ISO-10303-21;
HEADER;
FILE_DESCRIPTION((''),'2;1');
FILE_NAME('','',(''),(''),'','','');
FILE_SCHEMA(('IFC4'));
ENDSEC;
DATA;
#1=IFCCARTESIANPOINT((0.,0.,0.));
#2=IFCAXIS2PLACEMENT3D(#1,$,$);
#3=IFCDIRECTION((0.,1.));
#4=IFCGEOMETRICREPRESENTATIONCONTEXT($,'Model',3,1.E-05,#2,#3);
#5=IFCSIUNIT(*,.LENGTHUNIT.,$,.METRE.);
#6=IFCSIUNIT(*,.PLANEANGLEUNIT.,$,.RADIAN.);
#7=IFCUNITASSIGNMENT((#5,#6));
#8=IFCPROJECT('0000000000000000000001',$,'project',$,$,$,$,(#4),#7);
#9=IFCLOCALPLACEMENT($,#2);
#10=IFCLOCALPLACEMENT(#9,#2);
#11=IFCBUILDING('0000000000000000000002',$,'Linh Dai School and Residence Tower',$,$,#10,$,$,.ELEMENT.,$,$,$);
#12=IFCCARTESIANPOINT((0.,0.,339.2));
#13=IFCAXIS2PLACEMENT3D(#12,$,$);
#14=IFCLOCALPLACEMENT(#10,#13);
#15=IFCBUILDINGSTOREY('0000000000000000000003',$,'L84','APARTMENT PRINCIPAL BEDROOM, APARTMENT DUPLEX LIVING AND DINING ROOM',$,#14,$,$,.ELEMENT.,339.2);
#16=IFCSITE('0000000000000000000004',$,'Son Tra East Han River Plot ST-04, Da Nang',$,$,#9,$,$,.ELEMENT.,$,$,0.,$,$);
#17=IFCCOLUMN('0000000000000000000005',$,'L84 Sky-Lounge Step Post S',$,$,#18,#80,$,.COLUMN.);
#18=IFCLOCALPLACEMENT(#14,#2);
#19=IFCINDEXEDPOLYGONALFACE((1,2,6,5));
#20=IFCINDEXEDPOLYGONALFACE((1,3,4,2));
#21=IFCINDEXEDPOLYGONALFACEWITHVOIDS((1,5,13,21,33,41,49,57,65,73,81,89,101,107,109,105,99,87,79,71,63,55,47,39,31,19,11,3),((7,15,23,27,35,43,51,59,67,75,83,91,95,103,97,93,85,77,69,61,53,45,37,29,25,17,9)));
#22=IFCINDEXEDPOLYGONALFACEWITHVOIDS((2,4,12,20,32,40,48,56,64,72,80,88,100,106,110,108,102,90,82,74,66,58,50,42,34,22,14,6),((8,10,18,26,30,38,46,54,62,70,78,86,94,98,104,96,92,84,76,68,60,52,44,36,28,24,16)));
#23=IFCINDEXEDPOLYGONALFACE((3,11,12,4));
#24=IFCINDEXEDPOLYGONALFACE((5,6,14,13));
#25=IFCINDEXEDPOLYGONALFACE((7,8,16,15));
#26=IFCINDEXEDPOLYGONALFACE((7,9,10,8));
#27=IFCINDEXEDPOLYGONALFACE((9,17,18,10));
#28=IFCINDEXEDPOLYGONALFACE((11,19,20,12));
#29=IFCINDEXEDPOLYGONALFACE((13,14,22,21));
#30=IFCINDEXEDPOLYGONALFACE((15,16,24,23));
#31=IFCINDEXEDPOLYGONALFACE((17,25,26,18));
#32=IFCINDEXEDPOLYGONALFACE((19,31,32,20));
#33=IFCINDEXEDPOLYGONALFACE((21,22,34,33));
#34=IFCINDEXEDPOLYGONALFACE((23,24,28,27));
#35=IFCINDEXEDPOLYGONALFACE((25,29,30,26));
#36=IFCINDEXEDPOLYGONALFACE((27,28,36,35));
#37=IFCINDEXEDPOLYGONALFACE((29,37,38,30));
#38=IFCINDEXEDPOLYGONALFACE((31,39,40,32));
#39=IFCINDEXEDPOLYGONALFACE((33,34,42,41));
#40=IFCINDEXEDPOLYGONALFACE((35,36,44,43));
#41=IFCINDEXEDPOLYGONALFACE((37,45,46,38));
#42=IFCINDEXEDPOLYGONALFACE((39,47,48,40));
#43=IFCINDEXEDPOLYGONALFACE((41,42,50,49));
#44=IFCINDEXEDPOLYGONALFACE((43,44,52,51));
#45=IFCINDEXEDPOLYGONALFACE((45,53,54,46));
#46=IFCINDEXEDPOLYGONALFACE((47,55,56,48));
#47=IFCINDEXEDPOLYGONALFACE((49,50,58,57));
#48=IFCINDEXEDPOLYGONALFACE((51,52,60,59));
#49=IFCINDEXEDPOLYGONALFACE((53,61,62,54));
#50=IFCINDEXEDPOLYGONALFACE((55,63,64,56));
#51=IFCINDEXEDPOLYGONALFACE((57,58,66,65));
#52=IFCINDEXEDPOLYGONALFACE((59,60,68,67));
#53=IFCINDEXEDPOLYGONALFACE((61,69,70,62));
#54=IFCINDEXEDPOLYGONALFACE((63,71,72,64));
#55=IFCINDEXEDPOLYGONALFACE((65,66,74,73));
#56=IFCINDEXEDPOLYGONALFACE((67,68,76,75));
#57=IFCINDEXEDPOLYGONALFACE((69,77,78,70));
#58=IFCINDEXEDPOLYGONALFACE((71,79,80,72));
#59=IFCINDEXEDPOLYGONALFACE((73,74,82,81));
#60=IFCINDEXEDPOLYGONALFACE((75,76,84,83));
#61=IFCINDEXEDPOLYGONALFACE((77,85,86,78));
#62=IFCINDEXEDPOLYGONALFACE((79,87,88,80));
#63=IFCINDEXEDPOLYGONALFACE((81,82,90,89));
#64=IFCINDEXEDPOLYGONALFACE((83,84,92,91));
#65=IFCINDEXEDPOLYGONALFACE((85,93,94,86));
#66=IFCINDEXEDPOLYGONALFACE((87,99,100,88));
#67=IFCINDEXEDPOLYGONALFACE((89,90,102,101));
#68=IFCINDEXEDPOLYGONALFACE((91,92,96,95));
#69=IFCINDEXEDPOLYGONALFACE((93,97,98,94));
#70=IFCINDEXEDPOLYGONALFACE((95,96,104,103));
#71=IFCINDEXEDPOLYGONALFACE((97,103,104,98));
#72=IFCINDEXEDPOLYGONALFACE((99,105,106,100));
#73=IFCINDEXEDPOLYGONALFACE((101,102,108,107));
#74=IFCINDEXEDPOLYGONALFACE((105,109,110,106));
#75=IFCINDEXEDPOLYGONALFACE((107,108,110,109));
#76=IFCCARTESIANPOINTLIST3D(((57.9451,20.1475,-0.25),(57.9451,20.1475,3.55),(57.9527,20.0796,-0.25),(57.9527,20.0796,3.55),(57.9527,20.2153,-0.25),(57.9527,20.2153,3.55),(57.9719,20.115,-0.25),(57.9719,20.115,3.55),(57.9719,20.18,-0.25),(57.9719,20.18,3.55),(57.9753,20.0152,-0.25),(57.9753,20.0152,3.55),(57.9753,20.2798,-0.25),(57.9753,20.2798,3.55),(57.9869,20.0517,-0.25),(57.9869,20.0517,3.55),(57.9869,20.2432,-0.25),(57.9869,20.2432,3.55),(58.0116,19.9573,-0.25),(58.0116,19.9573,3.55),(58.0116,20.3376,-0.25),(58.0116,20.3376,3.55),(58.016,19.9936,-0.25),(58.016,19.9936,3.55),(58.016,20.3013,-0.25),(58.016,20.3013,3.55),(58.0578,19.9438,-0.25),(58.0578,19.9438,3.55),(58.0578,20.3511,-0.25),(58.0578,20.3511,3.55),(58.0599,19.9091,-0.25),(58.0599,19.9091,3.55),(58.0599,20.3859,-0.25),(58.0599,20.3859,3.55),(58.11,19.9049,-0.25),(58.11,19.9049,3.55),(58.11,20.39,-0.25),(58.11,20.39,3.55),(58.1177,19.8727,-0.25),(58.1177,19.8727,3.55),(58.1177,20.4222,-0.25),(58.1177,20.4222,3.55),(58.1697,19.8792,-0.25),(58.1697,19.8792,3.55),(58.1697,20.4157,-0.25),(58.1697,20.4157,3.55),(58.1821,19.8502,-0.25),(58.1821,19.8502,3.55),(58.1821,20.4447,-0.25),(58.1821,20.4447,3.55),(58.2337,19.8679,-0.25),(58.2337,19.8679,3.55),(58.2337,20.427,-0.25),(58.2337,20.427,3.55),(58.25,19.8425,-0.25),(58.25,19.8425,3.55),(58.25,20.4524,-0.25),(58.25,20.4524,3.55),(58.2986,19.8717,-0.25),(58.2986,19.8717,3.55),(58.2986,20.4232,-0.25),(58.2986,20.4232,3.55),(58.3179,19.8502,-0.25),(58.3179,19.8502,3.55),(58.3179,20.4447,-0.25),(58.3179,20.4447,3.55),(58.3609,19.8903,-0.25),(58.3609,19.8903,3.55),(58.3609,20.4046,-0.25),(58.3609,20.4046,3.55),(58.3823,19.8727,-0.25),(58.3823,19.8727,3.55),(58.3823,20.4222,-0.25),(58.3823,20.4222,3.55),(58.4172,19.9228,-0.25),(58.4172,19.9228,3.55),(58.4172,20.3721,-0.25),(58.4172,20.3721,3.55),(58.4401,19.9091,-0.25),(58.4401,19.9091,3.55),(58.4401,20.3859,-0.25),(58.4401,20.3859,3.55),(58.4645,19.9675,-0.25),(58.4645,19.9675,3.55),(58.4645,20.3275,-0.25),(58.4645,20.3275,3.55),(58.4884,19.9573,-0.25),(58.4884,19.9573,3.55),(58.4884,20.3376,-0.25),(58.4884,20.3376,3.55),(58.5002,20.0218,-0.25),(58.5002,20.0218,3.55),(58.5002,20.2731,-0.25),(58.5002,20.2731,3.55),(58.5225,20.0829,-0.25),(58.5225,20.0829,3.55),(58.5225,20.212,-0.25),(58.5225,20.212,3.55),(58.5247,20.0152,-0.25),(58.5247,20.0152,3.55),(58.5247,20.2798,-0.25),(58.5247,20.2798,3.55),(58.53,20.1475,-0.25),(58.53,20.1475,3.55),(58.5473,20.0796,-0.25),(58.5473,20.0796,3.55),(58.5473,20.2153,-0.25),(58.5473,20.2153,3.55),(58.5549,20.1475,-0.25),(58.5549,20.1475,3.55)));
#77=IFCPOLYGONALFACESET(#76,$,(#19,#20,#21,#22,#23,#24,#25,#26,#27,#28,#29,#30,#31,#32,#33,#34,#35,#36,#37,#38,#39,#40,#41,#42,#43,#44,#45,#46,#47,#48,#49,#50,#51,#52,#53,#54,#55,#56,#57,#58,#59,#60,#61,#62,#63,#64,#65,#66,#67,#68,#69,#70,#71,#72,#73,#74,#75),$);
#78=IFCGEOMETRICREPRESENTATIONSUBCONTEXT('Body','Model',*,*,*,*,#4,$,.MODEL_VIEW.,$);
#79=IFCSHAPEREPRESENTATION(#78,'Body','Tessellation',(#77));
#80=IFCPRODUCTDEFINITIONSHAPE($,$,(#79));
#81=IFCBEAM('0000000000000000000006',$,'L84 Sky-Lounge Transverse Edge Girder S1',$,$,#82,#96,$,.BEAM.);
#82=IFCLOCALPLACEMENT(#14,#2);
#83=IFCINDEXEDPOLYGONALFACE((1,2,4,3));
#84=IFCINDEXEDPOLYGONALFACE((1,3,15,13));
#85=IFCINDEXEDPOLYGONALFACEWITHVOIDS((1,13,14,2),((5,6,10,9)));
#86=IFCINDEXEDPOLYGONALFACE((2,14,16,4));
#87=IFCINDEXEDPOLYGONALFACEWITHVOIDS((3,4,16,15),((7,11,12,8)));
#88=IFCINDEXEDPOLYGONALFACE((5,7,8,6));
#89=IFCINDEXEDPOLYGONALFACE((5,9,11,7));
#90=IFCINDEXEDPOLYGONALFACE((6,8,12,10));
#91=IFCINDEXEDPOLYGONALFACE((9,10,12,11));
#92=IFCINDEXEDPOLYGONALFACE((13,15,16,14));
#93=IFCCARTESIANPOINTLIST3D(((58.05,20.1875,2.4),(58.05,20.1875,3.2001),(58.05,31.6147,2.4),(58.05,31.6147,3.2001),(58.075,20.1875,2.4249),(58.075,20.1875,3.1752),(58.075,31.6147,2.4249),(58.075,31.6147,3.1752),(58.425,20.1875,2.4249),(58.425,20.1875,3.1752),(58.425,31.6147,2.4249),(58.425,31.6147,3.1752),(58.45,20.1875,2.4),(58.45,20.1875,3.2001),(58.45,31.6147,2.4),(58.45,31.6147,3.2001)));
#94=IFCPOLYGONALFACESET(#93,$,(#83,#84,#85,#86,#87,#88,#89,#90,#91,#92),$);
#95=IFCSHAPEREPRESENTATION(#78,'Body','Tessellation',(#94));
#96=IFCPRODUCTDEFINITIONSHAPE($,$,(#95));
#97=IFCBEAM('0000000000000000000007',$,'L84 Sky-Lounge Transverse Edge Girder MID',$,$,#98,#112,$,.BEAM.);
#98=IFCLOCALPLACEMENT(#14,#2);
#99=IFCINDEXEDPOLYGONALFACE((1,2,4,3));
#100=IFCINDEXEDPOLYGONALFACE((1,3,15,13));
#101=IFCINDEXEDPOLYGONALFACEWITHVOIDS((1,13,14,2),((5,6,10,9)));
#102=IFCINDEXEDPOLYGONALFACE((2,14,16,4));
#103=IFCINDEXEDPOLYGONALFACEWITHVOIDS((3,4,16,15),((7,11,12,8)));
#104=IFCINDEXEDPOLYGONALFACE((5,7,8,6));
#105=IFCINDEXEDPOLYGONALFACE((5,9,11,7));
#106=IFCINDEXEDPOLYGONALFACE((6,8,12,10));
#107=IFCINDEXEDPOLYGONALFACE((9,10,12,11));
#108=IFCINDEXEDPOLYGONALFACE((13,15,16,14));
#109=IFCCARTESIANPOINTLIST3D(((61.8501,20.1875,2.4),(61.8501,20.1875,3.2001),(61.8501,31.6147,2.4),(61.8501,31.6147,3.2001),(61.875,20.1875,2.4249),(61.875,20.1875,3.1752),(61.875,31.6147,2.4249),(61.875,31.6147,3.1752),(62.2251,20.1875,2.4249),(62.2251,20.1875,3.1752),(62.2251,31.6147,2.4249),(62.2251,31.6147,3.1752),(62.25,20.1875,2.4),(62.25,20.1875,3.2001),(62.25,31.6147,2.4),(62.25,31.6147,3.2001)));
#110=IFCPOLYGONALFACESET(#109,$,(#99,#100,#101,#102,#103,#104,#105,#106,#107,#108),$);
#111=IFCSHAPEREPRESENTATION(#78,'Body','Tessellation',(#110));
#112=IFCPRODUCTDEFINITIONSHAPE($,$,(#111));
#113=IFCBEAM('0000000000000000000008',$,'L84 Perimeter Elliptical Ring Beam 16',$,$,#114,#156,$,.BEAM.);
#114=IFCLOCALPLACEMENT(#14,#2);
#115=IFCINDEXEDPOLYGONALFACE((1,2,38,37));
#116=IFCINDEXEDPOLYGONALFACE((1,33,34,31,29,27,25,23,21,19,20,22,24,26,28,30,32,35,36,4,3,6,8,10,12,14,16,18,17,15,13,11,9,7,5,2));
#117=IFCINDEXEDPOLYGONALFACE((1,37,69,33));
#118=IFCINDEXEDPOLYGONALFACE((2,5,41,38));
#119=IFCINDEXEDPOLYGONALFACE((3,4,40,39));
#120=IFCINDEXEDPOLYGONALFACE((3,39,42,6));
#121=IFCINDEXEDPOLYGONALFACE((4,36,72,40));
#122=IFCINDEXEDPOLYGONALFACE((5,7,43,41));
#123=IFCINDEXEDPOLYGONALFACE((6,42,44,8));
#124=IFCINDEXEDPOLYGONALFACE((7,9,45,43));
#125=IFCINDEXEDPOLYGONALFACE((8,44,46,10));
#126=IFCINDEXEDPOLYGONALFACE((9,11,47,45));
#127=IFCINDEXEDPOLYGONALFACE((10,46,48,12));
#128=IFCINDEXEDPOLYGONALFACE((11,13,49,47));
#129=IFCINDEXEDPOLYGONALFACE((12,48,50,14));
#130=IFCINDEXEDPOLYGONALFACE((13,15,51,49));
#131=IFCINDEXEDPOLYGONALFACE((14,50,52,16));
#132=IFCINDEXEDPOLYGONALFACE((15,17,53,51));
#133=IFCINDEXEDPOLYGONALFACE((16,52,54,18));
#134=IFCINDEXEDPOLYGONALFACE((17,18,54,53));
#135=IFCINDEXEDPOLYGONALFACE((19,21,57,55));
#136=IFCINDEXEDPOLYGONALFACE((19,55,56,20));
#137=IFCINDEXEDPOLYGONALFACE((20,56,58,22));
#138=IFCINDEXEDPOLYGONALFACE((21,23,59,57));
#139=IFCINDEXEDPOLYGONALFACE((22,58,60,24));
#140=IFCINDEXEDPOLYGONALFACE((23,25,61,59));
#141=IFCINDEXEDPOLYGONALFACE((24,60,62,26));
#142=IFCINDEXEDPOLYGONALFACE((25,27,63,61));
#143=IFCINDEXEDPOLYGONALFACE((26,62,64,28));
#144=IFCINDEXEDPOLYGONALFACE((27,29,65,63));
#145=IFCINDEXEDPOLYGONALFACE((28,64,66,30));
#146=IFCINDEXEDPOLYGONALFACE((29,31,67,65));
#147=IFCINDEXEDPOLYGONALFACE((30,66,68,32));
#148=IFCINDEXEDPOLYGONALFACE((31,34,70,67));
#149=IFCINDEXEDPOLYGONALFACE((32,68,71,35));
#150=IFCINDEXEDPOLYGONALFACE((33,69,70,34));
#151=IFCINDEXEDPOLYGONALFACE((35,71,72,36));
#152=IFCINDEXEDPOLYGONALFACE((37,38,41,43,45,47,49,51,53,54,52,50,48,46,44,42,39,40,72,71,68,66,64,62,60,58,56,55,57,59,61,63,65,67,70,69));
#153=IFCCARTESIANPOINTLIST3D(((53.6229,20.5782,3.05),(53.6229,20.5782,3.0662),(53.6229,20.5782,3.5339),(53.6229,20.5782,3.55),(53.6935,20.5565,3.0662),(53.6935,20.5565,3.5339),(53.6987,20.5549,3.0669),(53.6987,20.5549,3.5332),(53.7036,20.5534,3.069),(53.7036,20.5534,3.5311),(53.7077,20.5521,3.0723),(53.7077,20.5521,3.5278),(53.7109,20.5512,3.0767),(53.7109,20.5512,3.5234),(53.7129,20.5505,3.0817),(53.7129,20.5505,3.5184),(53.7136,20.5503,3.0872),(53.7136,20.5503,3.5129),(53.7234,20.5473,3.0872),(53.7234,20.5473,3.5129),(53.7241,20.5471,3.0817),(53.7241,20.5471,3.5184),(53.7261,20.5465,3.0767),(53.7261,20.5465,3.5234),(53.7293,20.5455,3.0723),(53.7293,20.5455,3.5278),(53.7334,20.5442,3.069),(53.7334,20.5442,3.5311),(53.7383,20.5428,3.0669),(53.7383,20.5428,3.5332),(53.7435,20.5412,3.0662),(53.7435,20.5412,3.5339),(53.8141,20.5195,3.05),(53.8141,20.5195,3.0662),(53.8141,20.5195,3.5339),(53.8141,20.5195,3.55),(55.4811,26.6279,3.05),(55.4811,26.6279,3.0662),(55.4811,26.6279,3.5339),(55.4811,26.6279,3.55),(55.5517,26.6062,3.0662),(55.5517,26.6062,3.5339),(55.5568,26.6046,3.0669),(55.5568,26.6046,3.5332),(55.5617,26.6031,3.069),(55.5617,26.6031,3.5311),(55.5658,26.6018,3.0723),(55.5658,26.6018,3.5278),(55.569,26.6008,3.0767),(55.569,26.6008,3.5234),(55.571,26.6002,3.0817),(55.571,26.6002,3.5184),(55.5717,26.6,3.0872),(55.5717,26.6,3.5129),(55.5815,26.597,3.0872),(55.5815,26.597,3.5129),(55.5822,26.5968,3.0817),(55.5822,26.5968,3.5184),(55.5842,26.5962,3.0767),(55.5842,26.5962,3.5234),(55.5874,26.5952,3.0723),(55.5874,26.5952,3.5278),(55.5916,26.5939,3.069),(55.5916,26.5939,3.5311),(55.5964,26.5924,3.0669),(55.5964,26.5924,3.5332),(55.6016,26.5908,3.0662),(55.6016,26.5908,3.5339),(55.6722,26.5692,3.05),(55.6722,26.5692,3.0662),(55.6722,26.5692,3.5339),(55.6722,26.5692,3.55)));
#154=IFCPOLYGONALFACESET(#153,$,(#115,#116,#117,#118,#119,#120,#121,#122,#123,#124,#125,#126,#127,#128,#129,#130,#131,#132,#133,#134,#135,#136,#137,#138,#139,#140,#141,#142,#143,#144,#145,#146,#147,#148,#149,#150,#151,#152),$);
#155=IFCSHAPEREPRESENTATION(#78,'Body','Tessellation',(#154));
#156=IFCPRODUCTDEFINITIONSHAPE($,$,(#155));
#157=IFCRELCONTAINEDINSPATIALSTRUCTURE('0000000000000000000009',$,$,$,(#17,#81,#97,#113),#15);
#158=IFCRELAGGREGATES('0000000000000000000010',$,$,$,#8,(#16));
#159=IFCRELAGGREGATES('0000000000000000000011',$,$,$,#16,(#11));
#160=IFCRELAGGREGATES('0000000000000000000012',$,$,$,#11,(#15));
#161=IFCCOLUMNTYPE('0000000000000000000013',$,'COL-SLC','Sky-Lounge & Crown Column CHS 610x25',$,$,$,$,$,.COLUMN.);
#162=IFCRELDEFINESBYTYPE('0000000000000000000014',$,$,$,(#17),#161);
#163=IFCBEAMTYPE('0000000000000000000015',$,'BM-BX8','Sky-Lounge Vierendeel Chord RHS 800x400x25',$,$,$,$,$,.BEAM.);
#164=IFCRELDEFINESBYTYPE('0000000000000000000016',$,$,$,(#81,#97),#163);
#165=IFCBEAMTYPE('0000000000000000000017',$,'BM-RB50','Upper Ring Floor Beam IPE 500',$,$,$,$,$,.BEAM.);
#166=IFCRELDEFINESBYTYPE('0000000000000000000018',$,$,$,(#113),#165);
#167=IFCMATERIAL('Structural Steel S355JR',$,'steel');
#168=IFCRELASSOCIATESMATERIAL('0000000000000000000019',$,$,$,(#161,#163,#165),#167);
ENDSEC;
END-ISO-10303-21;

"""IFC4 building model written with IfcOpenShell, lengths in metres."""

from ifc_helpers import new_model, si_unit, direction, frame, origin, origin_2d, place, context, subcontext, project, spatial, hollow_rectangle, hollow_circle, i_section, extrude, material, material_profile, profile_set, type_object, element, save


model = new_model("IFC4")

# Units and contexts
model_context = context("Model", 3, precision=1e-05, world=origin(), true_north=direction((0.0, 1.0)))
body_context = subcontext(model_context, "Body", "Model", "MODEL_VIEW")
ifc_project = project(units=[si_unit("LENGTHUNIT", "METRE"), si_unit("PLANEANGLEUNIT", "RADIAN")], contexts=[model_context])

# Site, building, storey
site_placement = place(None, origin())
site = spatial("IfcSite", under=ifc_project, at=site_placement, Name="Son Tra East Han River Plot ST-04, Da Nang", CompositionType="ELEMENT", RefElevation=0.0)
building_placement = place(site_placement, origin())
building = spatial("IfcBuilding", under=site, at=building_placement, Name="Linh Dai School and Residence Tower", CompositionType="ELEMENT")
storey_placement = place(building_placement, frame((0.0, 0.0, 339.2)))
storey = spatial("IfcBuildingStorey", under=building, at=storey_placement, Name="L84", Description="APARTMENT PRINCIPAL BEDROOM, APARTMENT DUPLEX LIVING AND DINING ROOM", CompositionType="ELEMENT", Elevation=339.2)

# Column
ifc_material_1 = material(Name="Structural Steel S355JR", Category="steel")
ifc_material_profile_1 = material_profile(ifc_material_1, hollow_circle(Radius=0.3049, WallThickness=0.0249, at=origin_2d()), Name="CHS 610x25")
ifc_profile_set_1 = profile_set([ifc_material_profile_1], Name="Structural Steel S355JR")
column_type_1 = type_object("IfcColumnType", Name="COL-SLC", Description="Sky-Lounge & Crown Column CHS 610x25", PredefinedType="COLUMN", material=ifc_profile_set_1)
column_placement = place(storey_placement, frame((58.25, 20.1475, -0.25), z_axis=(0.0, 0.0, 1.0), x_axis=(1.0, 0.0, 0.0)))
element("IfcColumn", 1, at=column_placement, inside=storey, type_object=column_type_1, Name="L84 Sky-Lounge Step Post S", PredefinedType="COLUMN", context=body_context, shape_type="SweptSolid", body=[
    extrude(hollow_circle(Radius=0.3049, WallThickness=0.0249, at=origin_2d()), origin(), (0.0, 0.0, 1.0), 3.8),
])

# Beams
ifc_material_profile_2 = material_profile(ifc_material_1, hollow_rectangle(XDim=0.3999, YDim=0.8, WallThickness=0.0249, at=origin_2d()), Name="RHS 800x400x25")
ifc_profile_set_2 = profile_set([ifc_material_profile_2], Name="Structural Steel S355JR")
beam_type_1 = type_object("IfcBeamType", Name="BM-BX8", Description="Sky-Lounge Vierendeel Chord RHS 800x400x25", PredefinedType="BEAM", material=ifc_profile_set_2)
for number, where, z_axis, x_axis, name in (
    (2, (58.25, 20.1875, 2.8), (0.0, 1.0, 0.0), (-1.0, 0.0, 0.0), "L84 Sky-Lounge Transverse Edge Girder S1"),
    (3, (62.05, 20.1875, 2.8), (0.0, 1.0, 0.0), (-1.0, 0.0, 0.0), "L84 Sky-Lounge Transverse Edge Girder MID"),
):
    element("IfcBeam", number, at=place(storey_placement, frame(where, z_axis=z_axis, x_axis=x_axis)), inside=storey, type_object=beam_type_1, Name=name, PredefinedType="BEAM", context=body_context, shape_type="SweptSolid", body=[
        extrude(hollow_rectangle(XDim=0.3999, YDim=0.8, WallThickness=0.0249, at=origin_2d()), origin(), (0.0, 0.0, 1.0), 11.4272),
    ])
ifc_material_profile_3 = material_profile(ifc_material_1, i_section(OverallWidth=0.2, OverallDepth=0.5, WebThickness=0.0103, FlangeThickness=0.0161, FilletRadius=0.021, at=origin_2d()), Name="IPE 500")
ifc_profile_set_3 = profile_set([ifc_material_profile_3], Name="Structural Steel S355JR")
beam_type_2 = type_object("IfcBeamType", Name="BM-RB50", Description="Upper Ring Floor Beam IPE 500", PredefinedType="BEAM", material=ifc_profile_set_3)
beam_placement = place(storey_placement, frame((53.7185, 20.5488, 3.3), z_axis=(0.293606, 0.955927, 0.0), x_axis=(-0.955927, 0.293606, 0.0)))
element("IfcBeam", 4, at=beam_placement, inside=storey, type_object=beam_type_2, Name="L84 Perimeter Elliptical Ring Beam 16", PredefinedType="BEAM", context=body_context, shape_type="SweptSolid", body=[
    extrude(i_section(OverallWidth=0.2, OverallDepth=0.5, WebThickness=0.0103, FlangeThickness=0.0161, FilletRadius=0.021, at=origin_2d()), origin(), (0.0, 0.0, 1.0), 6.3286),
])

save(model, "model.ifc")
